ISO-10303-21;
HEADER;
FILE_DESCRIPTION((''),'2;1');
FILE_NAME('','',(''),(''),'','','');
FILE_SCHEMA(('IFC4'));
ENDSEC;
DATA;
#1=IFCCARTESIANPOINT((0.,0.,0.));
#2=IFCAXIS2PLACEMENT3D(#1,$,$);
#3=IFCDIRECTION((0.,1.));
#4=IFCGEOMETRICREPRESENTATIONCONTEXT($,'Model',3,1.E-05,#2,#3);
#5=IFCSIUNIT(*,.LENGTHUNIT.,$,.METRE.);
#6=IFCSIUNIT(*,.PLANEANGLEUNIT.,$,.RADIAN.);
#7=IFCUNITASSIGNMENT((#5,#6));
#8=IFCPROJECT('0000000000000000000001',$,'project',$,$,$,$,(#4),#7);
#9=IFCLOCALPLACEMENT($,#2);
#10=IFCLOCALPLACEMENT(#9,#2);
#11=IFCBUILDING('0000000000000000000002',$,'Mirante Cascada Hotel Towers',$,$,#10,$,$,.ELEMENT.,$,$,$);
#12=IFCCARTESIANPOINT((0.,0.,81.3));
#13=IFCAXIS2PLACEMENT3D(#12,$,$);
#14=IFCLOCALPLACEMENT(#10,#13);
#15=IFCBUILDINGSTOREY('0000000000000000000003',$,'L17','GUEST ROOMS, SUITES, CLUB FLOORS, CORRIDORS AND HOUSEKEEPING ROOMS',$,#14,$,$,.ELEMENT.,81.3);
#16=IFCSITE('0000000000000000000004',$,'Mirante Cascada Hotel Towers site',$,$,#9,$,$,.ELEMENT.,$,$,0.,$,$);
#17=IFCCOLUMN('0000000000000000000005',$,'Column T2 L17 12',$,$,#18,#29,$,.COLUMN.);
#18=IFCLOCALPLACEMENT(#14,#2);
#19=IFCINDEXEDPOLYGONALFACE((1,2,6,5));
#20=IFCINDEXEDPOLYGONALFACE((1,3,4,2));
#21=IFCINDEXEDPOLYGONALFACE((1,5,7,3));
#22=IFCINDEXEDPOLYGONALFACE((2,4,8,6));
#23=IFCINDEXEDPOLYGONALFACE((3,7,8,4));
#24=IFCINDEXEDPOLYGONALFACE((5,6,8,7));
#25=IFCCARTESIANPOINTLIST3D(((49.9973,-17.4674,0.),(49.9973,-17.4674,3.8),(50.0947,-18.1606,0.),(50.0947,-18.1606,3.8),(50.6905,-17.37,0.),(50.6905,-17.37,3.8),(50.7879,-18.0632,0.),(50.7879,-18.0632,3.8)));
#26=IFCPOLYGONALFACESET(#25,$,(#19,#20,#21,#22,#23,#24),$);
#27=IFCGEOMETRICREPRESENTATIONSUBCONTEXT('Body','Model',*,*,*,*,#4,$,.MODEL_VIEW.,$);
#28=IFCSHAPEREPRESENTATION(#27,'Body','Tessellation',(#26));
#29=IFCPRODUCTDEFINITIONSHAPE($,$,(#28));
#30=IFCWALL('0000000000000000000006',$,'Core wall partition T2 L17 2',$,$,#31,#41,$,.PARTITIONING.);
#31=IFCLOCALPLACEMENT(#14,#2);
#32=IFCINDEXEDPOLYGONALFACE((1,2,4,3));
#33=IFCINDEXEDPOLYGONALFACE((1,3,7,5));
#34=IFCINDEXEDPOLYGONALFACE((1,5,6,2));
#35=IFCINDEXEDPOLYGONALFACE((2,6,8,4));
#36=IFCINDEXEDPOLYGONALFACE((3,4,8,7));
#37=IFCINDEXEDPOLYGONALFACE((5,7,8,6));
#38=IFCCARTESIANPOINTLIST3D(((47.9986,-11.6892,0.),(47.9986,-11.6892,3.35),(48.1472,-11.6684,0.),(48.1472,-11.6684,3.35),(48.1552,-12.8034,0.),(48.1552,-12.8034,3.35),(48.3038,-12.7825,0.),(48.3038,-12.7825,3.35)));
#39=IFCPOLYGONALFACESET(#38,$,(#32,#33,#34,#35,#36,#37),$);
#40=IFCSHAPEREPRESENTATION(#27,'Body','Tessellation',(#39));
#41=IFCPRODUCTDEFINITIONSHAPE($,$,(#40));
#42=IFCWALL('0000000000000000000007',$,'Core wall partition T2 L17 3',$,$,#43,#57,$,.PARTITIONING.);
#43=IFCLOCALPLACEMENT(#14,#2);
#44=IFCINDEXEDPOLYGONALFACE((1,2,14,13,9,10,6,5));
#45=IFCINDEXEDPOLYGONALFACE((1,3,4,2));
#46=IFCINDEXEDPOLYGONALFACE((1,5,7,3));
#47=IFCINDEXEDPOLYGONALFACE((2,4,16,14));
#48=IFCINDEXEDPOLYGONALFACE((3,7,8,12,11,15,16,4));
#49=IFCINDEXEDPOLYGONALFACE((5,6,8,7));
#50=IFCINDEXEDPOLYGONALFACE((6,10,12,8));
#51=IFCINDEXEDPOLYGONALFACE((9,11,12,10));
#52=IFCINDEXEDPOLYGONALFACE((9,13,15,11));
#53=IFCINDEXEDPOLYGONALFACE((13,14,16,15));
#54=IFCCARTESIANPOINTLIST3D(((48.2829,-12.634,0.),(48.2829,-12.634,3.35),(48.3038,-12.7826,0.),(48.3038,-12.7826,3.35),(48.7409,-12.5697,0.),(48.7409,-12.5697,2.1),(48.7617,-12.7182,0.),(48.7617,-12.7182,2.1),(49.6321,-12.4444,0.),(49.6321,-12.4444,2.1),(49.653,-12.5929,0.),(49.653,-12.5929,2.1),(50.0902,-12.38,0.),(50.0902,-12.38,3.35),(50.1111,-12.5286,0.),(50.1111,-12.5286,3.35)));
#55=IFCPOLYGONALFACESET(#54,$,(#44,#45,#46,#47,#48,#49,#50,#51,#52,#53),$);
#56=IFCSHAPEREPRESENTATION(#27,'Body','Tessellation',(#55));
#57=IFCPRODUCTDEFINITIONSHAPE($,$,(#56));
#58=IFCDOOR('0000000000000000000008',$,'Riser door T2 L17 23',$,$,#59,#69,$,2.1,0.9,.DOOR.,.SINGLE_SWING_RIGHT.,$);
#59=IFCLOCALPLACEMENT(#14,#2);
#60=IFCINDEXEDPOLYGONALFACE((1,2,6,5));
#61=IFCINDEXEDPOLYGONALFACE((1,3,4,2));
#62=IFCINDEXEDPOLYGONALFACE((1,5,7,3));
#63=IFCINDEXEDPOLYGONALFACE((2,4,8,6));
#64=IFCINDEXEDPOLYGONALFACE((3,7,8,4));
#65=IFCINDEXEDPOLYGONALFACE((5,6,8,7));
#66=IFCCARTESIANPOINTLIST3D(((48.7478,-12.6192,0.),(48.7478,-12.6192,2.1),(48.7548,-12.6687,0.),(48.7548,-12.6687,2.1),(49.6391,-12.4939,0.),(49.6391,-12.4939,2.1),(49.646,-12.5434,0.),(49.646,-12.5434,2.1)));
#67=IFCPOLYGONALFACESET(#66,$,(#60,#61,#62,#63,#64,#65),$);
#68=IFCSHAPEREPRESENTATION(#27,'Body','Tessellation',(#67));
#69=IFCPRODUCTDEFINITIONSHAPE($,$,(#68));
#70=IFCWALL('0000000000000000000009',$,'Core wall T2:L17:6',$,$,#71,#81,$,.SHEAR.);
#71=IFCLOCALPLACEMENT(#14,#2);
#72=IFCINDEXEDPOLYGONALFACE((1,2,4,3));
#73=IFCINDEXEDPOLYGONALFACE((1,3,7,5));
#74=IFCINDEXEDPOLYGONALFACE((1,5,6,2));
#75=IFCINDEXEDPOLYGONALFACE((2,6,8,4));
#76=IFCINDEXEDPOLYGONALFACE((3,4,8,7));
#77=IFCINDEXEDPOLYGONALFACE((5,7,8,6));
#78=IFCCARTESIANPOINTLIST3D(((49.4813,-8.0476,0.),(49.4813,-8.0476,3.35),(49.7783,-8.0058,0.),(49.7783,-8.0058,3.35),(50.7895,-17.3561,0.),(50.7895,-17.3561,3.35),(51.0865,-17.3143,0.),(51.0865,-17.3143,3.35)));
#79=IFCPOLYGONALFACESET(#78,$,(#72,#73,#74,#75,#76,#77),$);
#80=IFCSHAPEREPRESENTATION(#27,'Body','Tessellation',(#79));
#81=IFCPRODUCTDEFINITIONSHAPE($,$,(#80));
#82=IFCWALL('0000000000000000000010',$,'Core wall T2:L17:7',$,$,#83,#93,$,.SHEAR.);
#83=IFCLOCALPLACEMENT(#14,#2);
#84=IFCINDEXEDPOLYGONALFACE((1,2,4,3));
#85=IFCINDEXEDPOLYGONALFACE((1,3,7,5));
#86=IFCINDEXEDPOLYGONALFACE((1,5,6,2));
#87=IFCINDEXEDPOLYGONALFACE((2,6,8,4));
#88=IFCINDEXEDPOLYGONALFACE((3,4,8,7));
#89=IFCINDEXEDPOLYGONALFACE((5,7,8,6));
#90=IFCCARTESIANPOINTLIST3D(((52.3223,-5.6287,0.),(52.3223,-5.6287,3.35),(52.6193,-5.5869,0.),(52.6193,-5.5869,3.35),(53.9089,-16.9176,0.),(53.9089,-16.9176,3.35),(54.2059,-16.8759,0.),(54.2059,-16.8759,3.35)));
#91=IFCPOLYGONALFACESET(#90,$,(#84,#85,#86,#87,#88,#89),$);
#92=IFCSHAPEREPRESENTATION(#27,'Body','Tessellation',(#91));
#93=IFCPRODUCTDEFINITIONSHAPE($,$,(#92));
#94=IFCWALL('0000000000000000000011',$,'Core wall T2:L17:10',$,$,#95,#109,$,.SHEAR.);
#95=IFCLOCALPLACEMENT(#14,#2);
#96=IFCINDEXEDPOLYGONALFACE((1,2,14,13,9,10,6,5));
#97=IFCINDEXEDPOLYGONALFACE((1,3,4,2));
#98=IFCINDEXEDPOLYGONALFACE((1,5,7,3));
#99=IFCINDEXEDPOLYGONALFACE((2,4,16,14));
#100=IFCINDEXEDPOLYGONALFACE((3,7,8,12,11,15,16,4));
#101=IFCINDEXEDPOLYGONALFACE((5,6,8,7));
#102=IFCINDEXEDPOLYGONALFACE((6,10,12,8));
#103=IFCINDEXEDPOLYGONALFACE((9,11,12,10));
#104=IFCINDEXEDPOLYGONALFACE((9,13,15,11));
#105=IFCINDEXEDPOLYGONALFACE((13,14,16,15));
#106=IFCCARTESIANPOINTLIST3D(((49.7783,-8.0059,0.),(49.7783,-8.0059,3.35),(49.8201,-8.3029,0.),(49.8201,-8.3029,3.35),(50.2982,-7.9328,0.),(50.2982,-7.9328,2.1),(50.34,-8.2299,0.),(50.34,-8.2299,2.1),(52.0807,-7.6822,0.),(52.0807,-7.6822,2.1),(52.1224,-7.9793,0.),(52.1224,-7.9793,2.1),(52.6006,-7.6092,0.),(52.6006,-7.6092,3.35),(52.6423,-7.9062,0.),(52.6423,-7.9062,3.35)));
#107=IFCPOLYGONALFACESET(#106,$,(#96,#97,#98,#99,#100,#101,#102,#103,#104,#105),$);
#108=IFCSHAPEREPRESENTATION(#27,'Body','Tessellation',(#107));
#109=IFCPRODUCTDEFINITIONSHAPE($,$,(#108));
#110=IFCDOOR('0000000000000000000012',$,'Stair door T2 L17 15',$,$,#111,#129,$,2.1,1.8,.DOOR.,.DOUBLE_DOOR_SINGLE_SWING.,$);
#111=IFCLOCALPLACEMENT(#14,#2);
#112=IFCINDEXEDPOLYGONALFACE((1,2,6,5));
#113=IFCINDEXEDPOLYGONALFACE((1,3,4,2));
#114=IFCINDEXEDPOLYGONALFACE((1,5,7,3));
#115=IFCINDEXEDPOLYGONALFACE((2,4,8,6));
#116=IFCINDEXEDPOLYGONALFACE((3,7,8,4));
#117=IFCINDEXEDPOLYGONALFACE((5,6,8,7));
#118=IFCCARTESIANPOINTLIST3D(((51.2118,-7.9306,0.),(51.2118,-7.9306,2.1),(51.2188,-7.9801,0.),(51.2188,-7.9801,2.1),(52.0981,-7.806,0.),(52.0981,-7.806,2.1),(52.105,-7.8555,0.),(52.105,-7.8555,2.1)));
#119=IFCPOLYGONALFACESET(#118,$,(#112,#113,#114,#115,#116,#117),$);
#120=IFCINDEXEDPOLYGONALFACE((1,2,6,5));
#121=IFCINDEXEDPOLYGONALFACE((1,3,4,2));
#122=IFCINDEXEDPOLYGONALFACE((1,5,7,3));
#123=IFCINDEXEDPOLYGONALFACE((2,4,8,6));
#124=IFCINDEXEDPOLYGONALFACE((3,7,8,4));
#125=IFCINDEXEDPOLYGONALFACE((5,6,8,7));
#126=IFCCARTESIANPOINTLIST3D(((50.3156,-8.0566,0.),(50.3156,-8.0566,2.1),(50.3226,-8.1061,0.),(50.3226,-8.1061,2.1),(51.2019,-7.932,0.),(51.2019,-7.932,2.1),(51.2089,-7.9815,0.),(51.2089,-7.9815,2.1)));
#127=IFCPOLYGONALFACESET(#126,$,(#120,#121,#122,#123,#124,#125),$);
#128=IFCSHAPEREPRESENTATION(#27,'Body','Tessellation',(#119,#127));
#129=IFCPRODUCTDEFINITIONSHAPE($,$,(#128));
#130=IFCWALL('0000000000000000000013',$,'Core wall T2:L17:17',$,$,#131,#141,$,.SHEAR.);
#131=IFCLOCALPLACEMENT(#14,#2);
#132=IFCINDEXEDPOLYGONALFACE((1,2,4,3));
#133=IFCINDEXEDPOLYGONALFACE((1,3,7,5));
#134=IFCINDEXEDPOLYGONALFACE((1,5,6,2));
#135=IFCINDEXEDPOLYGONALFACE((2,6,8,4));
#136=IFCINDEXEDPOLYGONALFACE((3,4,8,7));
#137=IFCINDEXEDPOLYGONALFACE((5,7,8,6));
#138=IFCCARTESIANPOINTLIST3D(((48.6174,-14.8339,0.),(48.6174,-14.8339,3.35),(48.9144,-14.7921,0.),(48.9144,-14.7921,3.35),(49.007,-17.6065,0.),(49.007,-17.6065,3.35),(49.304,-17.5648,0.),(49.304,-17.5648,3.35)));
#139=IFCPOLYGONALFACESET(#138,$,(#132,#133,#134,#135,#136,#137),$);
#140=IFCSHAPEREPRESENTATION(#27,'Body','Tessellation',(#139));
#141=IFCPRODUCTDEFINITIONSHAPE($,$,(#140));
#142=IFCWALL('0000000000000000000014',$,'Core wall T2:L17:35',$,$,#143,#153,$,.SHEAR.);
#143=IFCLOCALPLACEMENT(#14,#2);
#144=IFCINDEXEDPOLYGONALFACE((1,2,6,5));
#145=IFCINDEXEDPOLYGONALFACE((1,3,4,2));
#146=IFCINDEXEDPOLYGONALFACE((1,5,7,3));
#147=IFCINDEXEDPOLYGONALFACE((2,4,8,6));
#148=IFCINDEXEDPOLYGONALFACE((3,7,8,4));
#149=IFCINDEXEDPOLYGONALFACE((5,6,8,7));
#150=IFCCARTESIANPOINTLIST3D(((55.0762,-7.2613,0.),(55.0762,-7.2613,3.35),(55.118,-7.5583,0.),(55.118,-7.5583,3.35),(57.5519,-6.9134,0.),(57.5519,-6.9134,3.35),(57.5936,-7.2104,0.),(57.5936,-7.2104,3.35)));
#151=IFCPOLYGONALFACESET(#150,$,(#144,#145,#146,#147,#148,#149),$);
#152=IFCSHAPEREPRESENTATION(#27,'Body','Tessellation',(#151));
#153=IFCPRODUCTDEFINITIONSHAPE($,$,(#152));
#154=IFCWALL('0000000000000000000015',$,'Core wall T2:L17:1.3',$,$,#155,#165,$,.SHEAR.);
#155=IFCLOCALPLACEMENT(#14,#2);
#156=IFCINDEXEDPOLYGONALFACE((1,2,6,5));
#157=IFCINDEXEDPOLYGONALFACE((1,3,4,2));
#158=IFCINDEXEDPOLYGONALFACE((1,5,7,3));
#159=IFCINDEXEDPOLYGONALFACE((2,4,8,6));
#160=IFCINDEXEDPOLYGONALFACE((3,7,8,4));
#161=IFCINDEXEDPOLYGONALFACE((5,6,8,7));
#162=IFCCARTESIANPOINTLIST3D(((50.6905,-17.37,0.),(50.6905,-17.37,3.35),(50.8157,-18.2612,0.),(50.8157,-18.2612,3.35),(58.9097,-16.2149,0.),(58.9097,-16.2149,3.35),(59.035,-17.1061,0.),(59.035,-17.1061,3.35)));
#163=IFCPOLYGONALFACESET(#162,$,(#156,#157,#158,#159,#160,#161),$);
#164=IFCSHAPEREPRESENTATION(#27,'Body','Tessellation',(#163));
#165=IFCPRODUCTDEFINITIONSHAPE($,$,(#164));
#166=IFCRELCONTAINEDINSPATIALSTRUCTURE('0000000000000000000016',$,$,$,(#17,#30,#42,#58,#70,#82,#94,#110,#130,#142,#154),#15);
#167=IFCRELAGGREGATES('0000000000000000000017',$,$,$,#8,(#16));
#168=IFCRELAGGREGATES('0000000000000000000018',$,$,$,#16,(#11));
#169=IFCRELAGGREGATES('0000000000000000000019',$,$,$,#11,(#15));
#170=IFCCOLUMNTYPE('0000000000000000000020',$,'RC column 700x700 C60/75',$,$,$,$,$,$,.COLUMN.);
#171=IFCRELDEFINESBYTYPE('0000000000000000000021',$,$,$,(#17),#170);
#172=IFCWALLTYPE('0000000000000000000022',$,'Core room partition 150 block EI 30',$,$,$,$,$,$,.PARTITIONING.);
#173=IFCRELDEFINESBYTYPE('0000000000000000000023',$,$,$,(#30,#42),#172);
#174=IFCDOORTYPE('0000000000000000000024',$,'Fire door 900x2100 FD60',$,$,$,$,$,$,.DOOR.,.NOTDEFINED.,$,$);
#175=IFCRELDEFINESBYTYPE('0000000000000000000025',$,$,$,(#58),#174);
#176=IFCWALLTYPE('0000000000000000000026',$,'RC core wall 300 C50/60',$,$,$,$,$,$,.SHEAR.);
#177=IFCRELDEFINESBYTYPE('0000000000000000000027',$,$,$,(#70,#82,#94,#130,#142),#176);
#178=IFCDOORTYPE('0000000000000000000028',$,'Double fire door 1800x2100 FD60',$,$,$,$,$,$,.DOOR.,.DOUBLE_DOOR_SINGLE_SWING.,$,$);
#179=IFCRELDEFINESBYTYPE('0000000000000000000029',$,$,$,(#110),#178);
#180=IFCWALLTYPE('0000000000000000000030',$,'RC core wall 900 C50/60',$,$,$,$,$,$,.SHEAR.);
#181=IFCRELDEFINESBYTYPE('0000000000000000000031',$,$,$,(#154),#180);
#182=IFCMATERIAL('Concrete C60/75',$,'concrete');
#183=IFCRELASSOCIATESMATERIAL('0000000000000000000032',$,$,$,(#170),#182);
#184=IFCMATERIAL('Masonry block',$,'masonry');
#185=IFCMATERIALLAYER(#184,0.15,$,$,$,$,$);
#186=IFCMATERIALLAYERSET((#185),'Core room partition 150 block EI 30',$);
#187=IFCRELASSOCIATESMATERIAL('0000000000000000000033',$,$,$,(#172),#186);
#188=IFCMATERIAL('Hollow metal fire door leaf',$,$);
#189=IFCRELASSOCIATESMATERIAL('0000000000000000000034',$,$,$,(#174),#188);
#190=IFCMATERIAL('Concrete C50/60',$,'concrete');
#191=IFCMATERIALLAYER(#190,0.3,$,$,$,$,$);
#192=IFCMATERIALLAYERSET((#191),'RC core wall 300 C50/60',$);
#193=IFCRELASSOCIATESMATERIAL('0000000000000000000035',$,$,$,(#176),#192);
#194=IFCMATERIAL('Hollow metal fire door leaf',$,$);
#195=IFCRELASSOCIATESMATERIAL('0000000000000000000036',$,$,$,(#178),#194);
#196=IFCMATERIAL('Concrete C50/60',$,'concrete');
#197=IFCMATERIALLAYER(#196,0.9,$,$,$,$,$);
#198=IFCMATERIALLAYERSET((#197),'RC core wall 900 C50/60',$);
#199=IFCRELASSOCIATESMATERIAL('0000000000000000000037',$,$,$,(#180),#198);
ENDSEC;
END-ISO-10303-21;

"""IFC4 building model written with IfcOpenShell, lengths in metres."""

from ifc_helpers import new_model, si_unit, direction, frame, frame_2d, origin, origin_2d, place, context, subcontext, project, spatial, rectangle, extrude, material, layer, layer_set, material_profile, profile_set, type_object, element, fill, save


model = new_model("IFC4")

# Units and contexts
model_context = context("Model", 3, precision=1e-05, world=origin(), true_north=direction((0.0, 1.0)))
body_context = subcontext(model_context, "Body", "Model", "MODEL_VIEW")
ifc_project = project(units=[si_unit("LENGTHUNIT", "METRE"), si_unit("PLANEANGLEUNIT", "RADIAN")], contexts=[model_context])

# Site, building, storey
site_placement = place(None, origin())
site = spatial("IfcSite", under=ifc_project, at=site_placement, Name="Mirante Cascada Hotel Towers site", CompositionType="ELEMENT", RefElevation=0.0)
building_placement = place(site_placement, origin())
building = spatial("IfcBuilding", under=site, at=building_placement, Name="Mirante Cascada Hotel Towers", CompositionType="ELEMENT")
storey_placement = place(building_placement, frame((0.0, 0.0, 81.3)))
storey = spatial("IfcBuildingStorey", under=building, at=storey_placement, Name="L17", Description="GUEST ROOMS, SUITES, CLUB FLOORS, CORRIDORS AND HOUSEKEEPING ROOMS", CompositionType="ELEMENT", Elevation=81.3)

# Column
ifc_material_1 = material(Name="Concrete C60/75", Category="concrete")
ifc_material_profile = material_profile(ifc_material_1, rectangle(XDim=0.7, YDim=0.7, at=origin_2d()), Name="RC column 700x700 C60/75")
ifc_profile_set = profile_set([ifc_material_profile], Name="Concrete C60/75")
column_type = type_object("IfcColumnType", Name="RC column 700x700 C60/75", PredefinedType="COLUMN", material=ifc_profile_set)
column_placement = place(storey_placement, frame((50.3926, -17.7653, 0.0), z_axis=(0.0, 0.0, 1.0), x_axis=(0.990268, 0.139173, 0.0)))
element("IfcColumn", 1, at=column_placement, inside=storey, type_object=column_type, Name="Column T2 L17 12", PredefinedType="COLUMN", context=body_context, shape_type="SweptSolid", body=[
    extrude(rectangle(XDim=0.7, YDim=0.7, at=origin_2d()), origin(), (0.0, 0.0, 1.0), 3.8),
])

# Wall
ifc_material_2 = material(Name="Masonry block", Category="masonry")
ifc_layer_1 = layer(ifc_material_2, 0.15)
ifc_layer_set_1 = layer_set([ifc_layer_1], Name="Core room partition 150 block EI 30")
wall_type_1 = type_object("IfcWallType", Name="Core room partition 150 block EI 30", PredefinedType="PARTITIONING", material=ifc_layer_set_1)
wall_1_placement = place(storey_placement, frame((48.2295, -12.793, 0.0), z_axis=(0.0, 0.0, 1.0), x_axis=(-0.139193, 0.990265, 0.0)))
element("IfcWall", 2, at=wall_1_placement, inside=storey, type_object=wall_type_1, Name="Core wall partition T2 L17 2", PredefinedType="PARTITIONING", context=body_context, shape_type="SweptSolid", body=[
    extrude(rectangle(XDim=1.1251, YDim=0.15, at=frame_2d((0.5626, 0.0))), origin(), (0.0, 0.0, 1.0), 3.35),
])

# Wall, opening, door
wall_2_placement = place(storey_placement, frame((48.2933, -12.7083, 0.0), z_axis=(0.0, 0.0, 1.0), x_axis=(0.990268, 0.139173, 0.0)))
wall_2 = element("IfcWall", 3, at=wall_2_placement, inside=storey, type_object=wall_type_1, Name="Core wall partition T2 L17 3", PredefinedType="PARTITIONING", context=body_context, shape_type="SweptSolid", body=[
    extrude(rectangle(XDim=1.8251, YDim=0.15, at=frame_2d((0.9126, 0.0))), origin(), (0.0, 0.0, 1.0), 3.35),
])
opening_1_placement = place(wall_2_placement, frame((0.4625, 0.0, 0.0)))
opening_1 = element("IfcOpeningElement", 4, at=opening_1_placement, cuts=wall_2, PredefinedType="OPENING", context=body_context, shape_type="SweptSolid", body=[
    extrude(rectangle(XDim=0.9, YDim=2.1, at=frame_2d((0.45, 1.05))), frame((0.0, 0.075, 0.0), z_axis=(0.0, -1.0, 0.0), x_axis=(1.0, 0.0, 0.0)), (0.0, 0.0, 1.0), 0.15),
])
ifc_material_3 = material(Name="Hollow metal fire door leaf")
door_type_1 = type_object("IfcDoorType", Name="Fire door 900x2100 FD60", OperationType="NOTDEFINED", PredefinedType="DOOR", material=ifc_material_3)
door_1_placement = place(opening_1_placement, frame((0.9, 0.0, 0.0), z_axis=(0.0, 0.0, 1.0), x_axis=(-1.0, 0.0, 0.0)))
door_1 = element("IfcDoor", 5, at=door_1_placement, inside=storey, type_object=door_type_1, Name="Riser door T2 L17 23", OperationType="SINGLE_SWING_RIGHT", OverallHeight=2.1, OverallWidth=0.9, PredefinedType="DOOR", context=body_context, shape_type="SweptSolid", body=[
    extrude(rectangle(XDim=0.9, YDim=2.1, at=frame_2d((0.45, 1.05))), frame((0.0, 0.025, 0.0), z_axis=(0.0, -1.0, 0.0), x_axis=(1.0, 0.0, 0.0)), (0.0, 0.0, 1.0), 0.05),
])
fill(opening_1, door_1)

# Walls
ifc_material_4 = material(Name="Concrete C50/60", Category="concrete")
ifc_layer_2 = layer(ifc_material_4, 0.3)
ifc_layer_set_2 = layer_set([ifc_layer_2], Name="RC core wall 300 C50/60")
wall_type_2 = type_object("IfcWallType", Name="RC core wall 300 C50/60", PredefinedType="SHEAR", material=ifc_layer_set_2)
wall_3_placement = place(storey_placement, frame((50.938, -17.3352, 0.0), z_axis=(0.0, 0.0, 1.0), x_axis=(-0.139171, 0.990268, 0.0)))
element("IfcWall", 6, at=wall_3_placement, inside=storey, type_object=wall_type_2, Name="Core wall T2:L17:6", PredefinedType="SHEAR", context=body_context, shape_type="SweptSolid", body=[
    extrude(rectangle(XDim=9.4, YDim=0.3, at=frame_2d((4.7, 0.0))), origin(), (0.0, 0.0, 1.0), 3.35),
])
wall_4_placement = place(storey_placement, frame((54.0574, -16.8968, 0.0), z_axis=(0.0, 0.0, 1.0), x_axis=(-0.139176, 0.990268, 0.0)))
element("IfcWall", 7, at=wall_4_placement, inside=storey, type_object=wall_type_2, Name="Core wall T2:L17:7", PredefinedType="SHEAR", context=body_context, shape_type="SweptSolid", body=[
    extrude(rectangle(XDim=11.3999, YDim=0.3, at=frame_2d((5.7, 0.0))), origin(), (0.0, 0.0, 1.0), 3.35),
])

# Wall, opening, door
wall_5_placement = place(storey_placement, frame((49.7992, -8.1544, 0.0), z_axis=(0.0, 0.0, 1.0), x_axis=(0.990266, 0.139191, 0.0)))
wall_5 = element("IfcWall", 8, at=wall_5_placement, inside=storey, type_object=wall_type_2, Name="Core wall T2:L17:10", PredefinedType="SHEAR", context=body_context, shape_type="SweptSolid", body=[
    extrude(rectangle(XDim=2.85, YDim=0.3, at=frame_2d((1.425, 0.0))), origin(), (0.0, 0.0, 1.0), 3.35),
])
opening_2_placement = place(wall_5_placement, frame((0.525, 0.0, 0.0)))
opening_2 = element("IfcOpeningElement", 9, at=opening_2_placement, cuts=wall_5, PredefinedType="OPENING", context=body_context, shape_type="SweptSolid", body=[
    extrude(rectangle(XDim=1.8, YDim=2.1, at=frame_2d((0.9, 1.05))), frame((0.0, 0.15, 0.0), z_axis=(0.0, -1.0, 0.0), x_axis=(1.0, 0.0, 0.0)), (0.0, 0.0, 1.0), 0.3),
])
ifc_material_5 = material(Name="Hollow metal fire door leaf")
door_type_2 = type_object("IfcDoorType", Name="Double fire door 1800x2100 FD60", OperationType="DOUBLE_DOOR_SINGLE_SWING", PredefinedType="DOOR", material=ifc_material_5)
door_2_placement = place(opening_2_placement, frame((1.8, 0.0, 0.0), z_axis=(0.0, 0.0, 1.0), x_axis=(-1.0, 0.0, 0.0)))
door_2 = element("IfcDoor", 10, at=door_2_placement, inside=storey, type_object=door_type_2, Name="Stair door T2 L17 15", OperationType="DOUBLE_DOOR_SINGLE_SWING", OverallHeight=2.1, OverallWidth=1.8, PredefinedType="DOOR", context=body_context, shape_type="SweptSolid", body=[
    extrude(rectangle(XDim=0.895, YDim=2.1, at=frame_2d((0.4475, 1.05))), frame((0.0, 0.025, 0.0), z_axis=(0.0, -1.0, 0.0), x_axis=(1.0, 0.0, 0.0)), (0.0, 0.0, 1.0), 0.05),
    extrude(rectangle(XDim=0.895, YDim=2.1, at=frame_2d((1.3525, 1.05))), frame((0.0, 0.025, 0.0), z_axis=(0.0, -1.0, 0.0), x_axis=(1.0, 0.0, 0.0)), (0.0, 0.0, 1.0), 0.05),
])
fill(opening_2, door_2)

# Wall
wall_6_placement = place(storey_placement, frame((49.1555, -17.5857, 0.0), z_axis=(0.0, 0.0, 1.0), x_axis=(-0.139146, 0.990272, 0.0)))
element("IfcWall", 11, at=wall_6_placement, inside=storey, type_object=wall_type_2, Name="Core wall T2:L17:17", PredefinedType="SHEAR", context=body_context, shape_type="SweptSolid", body=[
    extrude(rectangle(XDim=2.7999, YDim=0.3, at=frame_2d((1.4, 0.0))), origin(), (0.0, 0.0, 1.0), 3.35),
])

# Walls
wall_7_placement = place(storey_placement, frame((55.0971, -7.4098, 0.0), z_axis=(0.0, 0.0, 1.0), x_axis=(0.99027, 0.139159, 0.0)))
element("IfcWall", 12, at=wall_7_placement, inside=storey, type_object=wall_type_2, Name="Core wall T2:L17:35", PredefinedType="SHEAR", context=body_context, shape_type="SweptSolid", body=[
    extrude(rectangle(XDim=2.5, YDim=0.3, at=frame_2d((1.25, 0.0))), origin(), (0.0, 0.0, 1.0), 3.35),
])
ifc_material_6 = material(Name="Concrete C50/60", Category="concrete")
ifc_layer_3 = layer(ifc_material_6, 0.9)
ifc_layer_set_3 = layer_set([ifc_layer_3], Name="RC core wall 900 C50/60")
wall_type_3 = type_object("IfcWallType", Name="RC core wall 900 C50/60", PredefinedType="SHEAR", material=ifc_layer_set_3)
wall_8_placement = place(storey_placement, frame((50.7531, -17.8156, 0.0), z_axis=(0.0, 0.0, 1.0), x_axis=(0.990269, 0.139169, 0.0)))
element("IfcWall", 13, at=wall_8_placement, inside=storey, type_object=wall_type_3, Name="Core wall T2:L17:1.3", PredefinedType="SHEAR", context=body_context, shape_type="SweptSolid", body=[
    extrude(rectangle(XDim=8.3, YDim=0.9, at=frame_2d((4.15, 0.0))), origin(), (0.0, 0.0, 1.0), 3.35),
])

save(model, "model.ifc")
